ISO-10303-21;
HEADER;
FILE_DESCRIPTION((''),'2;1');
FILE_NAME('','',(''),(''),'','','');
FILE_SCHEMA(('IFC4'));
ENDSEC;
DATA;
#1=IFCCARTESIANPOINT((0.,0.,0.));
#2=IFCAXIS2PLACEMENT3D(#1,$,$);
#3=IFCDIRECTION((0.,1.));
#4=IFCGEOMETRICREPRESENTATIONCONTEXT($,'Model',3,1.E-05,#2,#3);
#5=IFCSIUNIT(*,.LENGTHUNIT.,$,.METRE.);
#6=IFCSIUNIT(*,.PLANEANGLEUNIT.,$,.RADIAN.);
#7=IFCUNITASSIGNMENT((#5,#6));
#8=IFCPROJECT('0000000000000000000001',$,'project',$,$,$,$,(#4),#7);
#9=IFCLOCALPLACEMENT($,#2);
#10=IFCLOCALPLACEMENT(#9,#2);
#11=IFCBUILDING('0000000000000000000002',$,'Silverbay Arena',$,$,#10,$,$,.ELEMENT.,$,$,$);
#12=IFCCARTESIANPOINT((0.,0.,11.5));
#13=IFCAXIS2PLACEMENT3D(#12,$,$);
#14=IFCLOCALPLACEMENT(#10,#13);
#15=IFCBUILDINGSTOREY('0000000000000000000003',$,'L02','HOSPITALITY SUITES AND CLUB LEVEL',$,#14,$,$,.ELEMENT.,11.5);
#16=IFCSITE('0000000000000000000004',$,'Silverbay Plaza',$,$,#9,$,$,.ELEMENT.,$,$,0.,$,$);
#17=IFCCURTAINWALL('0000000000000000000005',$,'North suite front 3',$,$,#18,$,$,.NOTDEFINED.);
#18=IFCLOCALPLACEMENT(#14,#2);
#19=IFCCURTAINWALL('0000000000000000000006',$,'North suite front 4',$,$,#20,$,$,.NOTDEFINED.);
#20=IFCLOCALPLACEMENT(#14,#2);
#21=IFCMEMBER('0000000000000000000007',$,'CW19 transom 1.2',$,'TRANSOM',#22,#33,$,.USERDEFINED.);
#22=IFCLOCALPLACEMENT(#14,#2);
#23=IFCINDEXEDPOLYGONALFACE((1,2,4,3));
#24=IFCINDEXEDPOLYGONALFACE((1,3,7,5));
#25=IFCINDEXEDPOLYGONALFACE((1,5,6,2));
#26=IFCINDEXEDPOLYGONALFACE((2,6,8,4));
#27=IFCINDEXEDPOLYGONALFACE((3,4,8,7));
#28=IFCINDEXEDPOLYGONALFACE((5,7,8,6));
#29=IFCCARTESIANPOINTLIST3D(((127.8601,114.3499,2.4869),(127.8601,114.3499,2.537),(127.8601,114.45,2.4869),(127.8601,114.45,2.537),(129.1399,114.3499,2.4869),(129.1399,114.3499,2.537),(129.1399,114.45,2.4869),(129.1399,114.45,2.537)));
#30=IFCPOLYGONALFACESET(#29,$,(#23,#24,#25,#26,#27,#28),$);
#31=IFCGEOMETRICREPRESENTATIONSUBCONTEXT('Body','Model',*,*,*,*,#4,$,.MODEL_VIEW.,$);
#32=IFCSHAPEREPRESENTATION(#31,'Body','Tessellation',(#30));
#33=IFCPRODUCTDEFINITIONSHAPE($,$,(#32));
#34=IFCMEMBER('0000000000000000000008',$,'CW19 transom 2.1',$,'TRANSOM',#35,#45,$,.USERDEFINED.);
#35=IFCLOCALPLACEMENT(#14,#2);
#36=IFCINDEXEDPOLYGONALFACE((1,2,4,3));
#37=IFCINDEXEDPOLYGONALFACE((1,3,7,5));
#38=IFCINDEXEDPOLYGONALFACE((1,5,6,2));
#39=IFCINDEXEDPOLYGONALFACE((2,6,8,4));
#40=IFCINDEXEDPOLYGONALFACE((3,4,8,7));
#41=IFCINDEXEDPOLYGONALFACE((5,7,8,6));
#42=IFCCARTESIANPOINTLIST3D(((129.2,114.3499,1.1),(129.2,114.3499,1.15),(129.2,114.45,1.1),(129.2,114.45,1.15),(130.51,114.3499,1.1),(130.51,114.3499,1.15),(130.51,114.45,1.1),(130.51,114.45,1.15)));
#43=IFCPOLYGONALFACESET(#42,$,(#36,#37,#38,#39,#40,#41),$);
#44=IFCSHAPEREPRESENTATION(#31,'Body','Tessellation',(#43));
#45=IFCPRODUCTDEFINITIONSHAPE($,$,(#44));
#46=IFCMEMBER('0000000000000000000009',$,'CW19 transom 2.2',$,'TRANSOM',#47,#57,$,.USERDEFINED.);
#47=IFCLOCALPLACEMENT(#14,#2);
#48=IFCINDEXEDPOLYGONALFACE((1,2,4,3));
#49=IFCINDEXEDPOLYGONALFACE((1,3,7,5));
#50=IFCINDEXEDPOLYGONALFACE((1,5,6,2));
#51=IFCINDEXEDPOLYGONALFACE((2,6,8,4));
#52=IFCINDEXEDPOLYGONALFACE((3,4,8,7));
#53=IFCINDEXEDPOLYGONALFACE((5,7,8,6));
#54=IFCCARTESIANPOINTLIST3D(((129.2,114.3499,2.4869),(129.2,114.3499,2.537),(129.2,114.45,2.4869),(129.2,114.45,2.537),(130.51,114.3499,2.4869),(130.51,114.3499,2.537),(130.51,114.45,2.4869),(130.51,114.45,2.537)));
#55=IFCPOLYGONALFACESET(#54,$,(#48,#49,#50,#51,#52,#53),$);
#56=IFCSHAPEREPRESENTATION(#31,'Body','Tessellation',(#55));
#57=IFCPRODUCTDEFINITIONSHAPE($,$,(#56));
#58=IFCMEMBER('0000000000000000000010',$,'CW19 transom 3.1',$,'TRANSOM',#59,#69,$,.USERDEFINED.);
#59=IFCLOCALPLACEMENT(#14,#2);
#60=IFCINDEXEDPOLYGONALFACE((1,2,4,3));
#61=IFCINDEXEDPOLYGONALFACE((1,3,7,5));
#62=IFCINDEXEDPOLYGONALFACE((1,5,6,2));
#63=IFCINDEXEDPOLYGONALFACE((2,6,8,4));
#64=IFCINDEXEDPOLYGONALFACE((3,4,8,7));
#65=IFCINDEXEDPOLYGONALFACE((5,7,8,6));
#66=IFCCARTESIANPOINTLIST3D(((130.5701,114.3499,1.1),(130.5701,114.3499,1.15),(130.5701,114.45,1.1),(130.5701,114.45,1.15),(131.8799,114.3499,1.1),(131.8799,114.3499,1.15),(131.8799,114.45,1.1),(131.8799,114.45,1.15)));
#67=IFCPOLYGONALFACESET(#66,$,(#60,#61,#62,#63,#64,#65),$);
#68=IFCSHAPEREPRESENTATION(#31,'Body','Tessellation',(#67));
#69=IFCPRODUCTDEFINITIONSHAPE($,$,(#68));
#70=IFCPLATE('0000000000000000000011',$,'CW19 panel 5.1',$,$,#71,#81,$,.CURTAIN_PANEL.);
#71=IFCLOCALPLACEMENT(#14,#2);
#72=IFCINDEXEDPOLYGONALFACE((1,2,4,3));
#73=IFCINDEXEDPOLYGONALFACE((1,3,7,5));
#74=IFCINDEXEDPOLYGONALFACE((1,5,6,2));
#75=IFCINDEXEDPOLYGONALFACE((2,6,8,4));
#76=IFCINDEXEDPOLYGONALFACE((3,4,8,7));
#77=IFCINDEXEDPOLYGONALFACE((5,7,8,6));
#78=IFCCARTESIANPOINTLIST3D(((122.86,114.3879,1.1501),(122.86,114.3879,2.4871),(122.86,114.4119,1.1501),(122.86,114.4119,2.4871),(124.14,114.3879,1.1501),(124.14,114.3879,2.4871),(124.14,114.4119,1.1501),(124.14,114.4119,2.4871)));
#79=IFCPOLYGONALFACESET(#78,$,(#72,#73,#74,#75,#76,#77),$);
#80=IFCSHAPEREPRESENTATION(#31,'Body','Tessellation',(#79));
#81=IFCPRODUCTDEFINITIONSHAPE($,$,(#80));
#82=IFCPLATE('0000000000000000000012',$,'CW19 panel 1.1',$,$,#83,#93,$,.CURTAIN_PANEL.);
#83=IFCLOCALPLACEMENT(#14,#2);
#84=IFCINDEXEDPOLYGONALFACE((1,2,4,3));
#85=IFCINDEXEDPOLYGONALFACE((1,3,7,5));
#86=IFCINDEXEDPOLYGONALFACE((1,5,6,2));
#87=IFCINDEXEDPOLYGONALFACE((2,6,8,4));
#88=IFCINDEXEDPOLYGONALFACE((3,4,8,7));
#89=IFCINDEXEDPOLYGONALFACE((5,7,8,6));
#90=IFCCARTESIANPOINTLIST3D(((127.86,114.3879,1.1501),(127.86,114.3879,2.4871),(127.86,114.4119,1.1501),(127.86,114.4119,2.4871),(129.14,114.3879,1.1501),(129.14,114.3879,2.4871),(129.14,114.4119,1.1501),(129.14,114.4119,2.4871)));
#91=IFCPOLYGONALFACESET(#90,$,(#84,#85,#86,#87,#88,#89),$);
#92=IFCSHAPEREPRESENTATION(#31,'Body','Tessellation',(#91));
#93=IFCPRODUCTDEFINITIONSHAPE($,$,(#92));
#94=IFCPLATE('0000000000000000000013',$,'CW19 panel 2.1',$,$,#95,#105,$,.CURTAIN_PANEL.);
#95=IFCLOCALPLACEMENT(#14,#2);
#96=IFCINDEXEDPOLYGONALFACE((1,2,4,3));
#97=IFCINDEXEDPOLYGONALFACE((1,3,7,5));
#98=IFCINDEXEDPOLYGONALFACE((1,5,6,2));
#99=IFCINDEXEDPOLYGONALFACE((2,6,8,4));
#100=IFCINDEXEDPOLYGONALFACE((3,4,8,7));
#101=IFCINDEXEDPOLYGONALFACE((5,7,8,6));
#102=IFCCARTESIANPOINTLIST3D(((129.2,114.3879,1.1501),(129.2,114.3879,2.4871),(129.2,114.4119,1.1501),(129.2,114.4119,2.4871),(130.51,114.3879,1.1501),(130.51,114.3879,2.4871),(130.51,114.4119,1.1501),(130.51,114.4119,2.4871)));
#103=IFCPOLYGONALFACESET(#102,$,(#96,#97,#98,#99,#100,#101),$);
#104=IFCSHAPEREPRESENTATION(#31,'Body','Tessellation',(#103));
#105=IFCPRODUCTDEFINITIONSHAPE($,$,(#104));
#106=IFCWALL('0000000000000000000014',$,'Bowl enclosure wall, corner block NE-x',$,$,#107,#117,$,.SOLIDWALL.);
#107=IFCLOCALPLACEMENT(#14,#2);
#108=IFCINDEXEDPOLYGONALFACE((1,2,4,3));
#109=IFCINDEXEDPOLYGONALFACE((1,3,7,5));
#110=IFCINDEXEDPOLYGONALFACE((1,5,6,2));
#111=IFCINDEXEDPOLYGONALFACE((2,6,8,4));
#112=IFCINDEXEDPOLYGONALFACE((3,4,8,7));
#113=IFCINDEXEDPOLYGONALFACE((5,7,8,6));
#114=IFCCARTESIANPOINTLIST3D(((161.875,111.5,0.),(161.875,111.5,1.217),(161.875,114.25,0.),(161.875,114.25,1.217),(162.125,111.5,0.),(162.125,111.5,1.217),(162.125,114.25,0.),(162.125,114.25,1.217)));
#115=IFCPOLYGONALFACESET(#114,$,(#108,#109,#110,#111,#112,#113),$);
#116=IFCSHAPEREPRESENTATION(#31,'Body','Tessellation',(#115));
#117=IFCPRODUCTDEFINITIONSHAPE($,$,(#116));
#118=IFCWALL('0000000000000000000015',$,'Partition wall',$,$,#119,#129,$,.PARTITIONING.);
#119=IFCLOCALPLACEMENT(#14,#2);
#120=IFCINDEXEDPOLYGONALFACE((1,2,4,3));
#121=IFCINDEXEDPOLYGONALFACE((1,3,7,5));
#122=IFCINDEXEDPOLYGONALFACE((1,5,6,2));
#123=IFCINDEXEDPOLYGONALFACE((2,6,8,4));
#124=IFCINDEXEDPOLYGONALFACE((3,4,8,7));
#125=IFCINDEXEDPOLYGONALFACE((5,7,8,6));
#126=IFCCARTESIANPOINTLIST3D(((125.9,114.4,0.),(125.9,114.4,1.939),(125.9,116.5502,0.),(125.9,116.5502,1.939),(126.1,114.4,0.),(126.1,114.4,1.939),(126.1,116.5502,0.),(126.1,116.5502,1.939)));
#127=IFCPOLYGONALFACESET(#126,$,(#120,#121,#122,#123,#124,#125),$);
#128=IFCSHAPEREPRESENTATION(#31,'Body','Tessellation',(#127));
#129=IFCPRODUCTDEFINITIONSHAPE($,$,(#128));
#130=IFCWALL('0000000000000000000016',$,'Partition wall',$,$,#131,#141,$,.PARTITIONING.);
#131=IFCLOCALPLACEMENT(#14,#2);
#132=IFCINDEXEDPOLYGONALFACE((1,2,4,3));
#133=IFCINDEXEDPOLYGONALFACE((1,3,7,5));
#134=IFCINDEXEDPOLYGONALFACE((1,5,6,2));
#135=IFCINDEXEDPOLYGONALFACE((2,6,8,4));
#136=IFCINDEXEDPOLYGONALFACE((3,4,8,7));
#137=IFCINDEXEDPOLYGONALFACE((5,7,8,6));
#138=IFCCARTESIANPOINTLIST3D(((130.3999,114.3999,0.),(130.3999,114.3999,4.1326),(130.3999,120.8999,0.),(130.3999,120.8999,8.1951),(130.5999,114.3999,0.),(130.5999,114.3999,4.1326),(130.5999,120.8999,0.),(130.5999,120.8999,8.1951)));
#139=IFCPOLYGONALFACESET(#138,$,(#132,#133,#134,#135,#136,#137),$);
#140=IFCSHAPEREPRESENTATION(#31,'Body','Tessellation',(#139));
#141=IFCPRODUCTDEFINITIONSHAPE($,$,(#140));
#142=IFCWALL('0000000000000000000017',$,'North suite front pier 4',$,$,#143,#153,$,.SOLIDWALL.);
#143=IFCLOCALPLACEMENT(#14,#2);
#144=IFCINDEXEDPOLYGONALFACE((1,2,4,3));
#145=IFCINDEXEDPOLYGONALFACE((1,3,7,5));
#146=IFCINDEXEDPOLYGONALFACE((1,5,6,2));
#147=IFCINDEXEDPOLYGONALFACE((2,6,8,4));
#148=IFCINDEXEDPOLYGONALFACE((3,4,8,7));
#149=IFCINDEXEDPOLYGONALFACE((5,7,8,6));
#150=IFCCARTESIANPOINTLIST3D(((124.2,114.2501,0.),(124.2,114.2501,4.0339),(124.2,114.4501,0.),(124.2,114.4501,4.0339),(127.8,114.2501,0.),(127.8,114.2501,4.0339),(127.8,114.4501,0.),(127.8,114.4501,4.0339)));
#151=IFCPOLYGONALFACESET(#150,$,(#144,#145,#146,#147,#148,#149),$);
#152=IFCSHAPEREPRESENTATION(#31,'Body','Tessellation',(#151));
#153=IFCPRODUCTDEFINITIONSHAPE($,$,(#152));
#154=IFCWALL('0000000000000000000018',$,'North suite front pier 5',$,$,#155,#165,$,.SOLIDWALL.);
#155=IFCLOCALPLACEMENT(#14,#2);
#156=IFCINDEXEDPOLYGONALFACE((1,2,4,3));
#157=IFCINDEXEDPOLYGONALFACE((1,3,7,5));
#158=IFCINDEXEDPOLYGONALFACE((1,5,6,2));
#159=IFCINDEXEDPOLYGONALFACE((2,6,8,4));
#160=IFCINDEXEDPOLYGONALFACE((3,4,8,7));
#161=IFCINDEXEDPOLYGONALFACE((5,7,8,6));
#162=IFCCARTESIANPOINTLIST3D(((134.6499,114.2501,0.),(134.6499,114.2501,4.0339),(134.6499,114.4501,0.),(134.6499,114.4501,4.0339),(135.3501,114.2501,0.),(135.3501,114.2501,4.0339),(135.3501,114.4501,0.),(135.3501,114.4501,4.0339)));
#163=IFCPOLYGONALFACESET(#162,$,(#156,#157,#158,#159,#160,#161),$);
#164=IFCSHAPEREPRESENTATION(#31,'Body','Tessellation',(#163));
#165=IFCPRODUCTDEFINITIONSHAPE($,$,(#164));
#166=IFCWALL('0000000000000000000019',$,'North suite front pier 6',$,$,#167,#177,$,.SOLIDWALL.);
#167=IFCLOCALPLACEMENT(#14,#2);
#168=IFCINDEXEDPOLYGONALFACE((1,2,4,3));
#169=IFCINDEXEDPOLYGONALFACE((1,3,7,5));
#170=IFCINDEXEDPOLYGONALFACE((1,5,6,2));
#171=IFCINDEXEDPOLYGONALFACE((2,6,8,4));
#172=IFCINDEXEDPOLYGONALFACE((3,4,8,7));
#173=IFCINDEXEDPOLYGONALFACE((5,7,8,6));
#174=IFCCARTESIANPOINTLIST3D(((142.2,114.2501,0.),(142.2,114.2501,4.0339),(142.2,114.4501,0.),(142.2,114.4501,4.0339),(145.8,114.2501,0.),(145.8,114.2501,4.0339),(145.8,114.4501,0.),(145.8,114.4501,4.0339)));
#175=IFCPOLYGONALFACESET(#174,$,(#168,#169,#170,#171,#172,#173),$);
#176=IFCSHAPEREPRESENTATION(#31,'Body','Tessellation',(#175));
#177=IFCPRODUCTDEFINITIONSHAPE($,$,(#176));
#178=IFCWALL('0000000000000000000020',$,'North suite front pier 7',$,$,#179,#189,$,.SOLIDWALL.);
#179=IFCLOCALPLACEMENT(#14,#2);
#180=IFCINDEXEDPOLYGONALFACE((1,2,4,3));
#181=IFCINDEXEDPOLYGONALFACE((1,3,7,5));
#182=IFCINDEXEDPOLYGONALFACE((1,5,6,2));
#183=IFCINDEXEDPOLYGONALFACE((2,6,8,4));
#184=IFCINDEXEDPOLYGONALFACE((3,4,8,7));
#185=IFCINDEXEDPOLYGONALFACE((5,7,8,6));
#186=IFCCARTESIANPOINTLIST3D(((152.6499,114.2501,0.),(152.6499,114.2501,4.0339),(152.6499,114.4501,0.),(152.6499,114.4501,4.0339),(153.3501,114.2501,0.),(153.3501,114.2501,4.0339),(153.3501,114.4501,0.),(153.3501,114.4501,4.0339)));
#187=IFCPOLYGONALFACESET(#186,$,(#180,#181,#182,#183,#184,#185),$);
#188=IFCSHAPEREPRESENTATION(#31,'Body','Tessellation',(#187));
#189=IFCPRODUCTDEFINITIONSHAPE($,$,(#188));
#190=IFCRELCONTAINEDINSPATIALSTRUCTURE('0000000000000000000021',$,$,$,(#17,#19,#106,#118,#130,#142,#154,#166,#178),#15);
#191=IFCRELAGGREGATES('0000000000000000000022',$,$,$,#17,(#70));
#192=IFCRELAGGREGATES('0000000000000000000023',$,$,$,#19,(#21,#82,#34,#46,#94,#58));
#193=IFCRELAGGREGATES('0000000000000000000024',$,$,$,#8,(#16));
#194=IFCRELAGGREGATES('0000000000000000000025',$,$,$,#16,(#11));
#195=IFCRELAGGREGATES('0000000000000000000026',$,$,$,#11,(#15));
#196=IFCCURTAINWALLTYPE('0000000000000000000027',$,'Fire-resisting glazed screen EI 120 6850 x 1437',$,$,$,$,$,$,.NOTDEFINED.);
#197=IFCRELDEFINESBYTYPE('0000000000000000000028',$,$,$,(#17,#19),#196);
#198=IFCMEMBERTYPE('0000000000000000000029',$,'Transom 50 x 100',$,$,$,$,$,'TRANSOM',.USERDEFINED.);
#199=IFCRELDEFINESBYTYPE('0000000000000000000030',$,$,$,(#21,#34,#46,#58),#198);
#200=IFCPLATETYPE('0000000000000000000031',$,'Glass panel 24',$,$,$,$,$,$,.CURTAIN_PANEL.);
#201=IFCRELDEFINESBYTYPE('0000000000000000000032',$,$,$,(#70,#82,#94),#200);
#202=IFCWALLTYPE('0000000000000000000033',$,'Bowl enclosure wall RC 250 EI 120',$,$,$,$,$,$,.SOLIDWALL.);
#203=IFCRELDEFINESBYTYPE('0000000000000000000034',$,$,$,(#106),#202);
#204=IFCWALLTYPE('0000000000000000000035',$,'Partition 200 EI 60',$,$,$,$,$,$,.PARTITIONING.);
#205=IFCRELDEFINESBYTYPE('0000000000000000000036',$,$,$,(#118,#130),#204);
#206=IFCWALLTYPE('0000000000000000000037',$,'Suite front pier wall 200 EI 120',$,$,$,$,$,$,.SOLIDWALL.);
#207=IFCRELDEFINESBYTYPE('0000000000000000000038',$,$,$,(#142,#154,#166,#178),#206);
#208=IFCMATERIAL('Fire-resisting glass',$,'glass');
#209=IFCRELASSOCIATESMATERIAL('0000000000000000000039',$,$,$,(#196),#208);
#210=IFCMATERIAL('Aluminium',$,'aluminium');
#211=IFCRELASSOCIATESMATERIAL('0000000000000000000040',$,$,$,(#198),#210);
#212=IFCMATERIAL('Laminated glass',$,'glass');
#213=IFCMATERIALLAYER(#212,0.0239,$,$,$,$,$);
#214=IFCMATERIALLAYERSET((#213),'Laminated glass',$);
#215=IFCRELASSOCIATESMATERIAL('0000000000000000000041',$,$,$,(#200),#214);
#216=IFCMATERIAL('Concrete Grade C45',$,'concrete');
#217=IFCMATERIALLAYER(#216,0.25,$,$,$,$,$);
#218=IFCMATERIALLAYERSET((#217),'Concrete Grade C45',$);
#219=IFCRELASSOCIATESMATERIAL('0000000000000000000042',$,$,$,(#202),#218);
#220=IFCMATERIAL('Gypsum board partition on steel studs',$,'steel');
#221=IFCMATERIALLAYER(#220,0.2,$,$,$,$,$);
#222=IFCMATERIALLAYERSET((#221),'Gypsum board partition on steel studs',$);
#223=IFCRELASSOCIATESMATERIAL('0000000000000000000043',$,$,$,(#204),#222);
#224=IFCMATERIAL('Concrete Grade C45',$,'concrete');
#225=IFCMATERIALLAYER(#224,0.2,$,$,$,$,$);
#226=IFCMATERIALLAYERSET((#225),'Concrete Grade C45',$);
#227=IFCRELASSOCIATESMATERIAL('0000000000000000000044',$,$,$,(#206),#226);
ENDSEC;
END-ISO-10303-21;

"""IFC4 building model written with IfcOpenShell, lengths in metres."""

from ifc_helpers import new_model, si_unit, direction, frame, frame_2d, origin, origin_2d, place, context, subcontext, project, spatial, polyline, rectangle, outline, extrude, material, layer, layer_set, material_profile, profile_set, type_object, element, aggregate, save


model = new_model("IFC4")

# Units and contexts
model_context = context("Model", 3, precision=1e-05, world=origin(), true_north=direction((0.0, 1.0)))
body_context = subcontext(model_context, "Body", "Model", "MODEL_VIEW")
ifc_project = project(units=[si_unit("LENGTHUNIT", "METRE"), si_unit("PLANEANGLEUNIT", "RADIAN")], contexts=[model_context])

# Site, building, storey
site_placement = place(None, origin())
site = spatial("IfcSite", under=ifc_project, at=site_placement, Name="Silverbay Plaza", CompositionType="ELEMENT", RefElevation=0.0)
building_placement = place(site_placement, origin())
building = spatial("IfcBuilding", under=site, at=building_placement, Name="Silverbay Arena", CompositionType="ELEMENT")
storey_placement = place(building_placement, frame((0.0, 0.0, 11.5)))
storey = spatial("IfcBuildingStorey", under=building, at=storey_placement, Name="L02", Description="HOSPITALITY SUITES AND CLUB LEVEL", CompositionType="ELEMENT", Elevation=11.5)

# Curtain walls
ifc_material_1 = material(Name="Fire-resisting glass", Category="glass")
curtain_wall_type = type_object("IfcCurtainWallType", Name="Fire-resisting glazed screen EI 120 6850 x 1437", PredefinedType="NOTDEFINED", material=ifc_material_1)
curtain_wall_1_placement = place(storey_placement, origin())
curtain_wall_1 = element("IfcCurtainWall", 1, at=curtain_wall_1_placement, inside=storey, type_object=curtain_wall_type, Name="North suite front 3", PredefinedType="NOTDEFINED")
curtain_wall_2_placement = place(storey_placement, origin())
curtain_wall_2 = element("IfcCurtainWall", 2, at=curtain_wall_2_placement, inside=storey, type_object=curtain_wall_type, Name="North suite front 4", PredefinedType="NOTDEFINED")

# Members
ifc_material_2 = material(Name="Aluminium", Category="aluminium")
ifc_material_profile_1 = material_profile(ifc_material_2, rectangle(XDim=0.1001, YDim=0.05, at=origin_2d()), Name="Transom 50 x 100")
ifc_profile_set_1 = profile_set([ifc_material_profile_1], Name="Aluminium")
member_type_1 = type_object("IfcMemberType", Name="Transom 50 x 100", ElementType="TRANSOM", PredefinedType="USERDEFINED", material=ifc_profile_set_1)
member_1_placement = place(storey_placement, frame((127.8601, 114.3999, 2.512), z_axis=(1.0, 0.0, 0.0), x_axis=(0.0, 1.0, 0.0)))
member_1 = element("IfcMember", 3, at=member_1_placement, type_object=member_type_1, Name="CW19 transom 1.2", ObjectType="TRANSOM", PredefinedType="USERDEFINED", context=body_context, shape_type="SweptSolid", body=[
    extrude(rectangle(XDim=0.1001, YDim=0.05, at=origin_2d()), origin(), (0.0, 0.0, 1.0), 1.2798),
])
member_2_placement = place(storey_placement, frame((129.2, 114.3999, 1.125), z_axis=(1.0, 0.0, 0.0), x_axis=(0.0, 1.0, 0.0)))
member_2 = element("IfcMember", 4, at=member_2_placement, type_object=member_type_1, Name="CW19 transom 2.1", ObjectType="TRANSOM", PredefinedType="USERDEFINED", context=body_context, shape_type="SweptSolid", body=[
    extrude(rectangle(XDim=0.1001, YDim=0.05, at=origin_2d()), origin(), (0.0, 0.0, 1.0), 1.3101),
])
member_3_placement = place(storey_placement, frame((129.2, 114.3999, 2.512), z_axis=(1.0, 0.0, 0.0), x_axis=(0.0, 1.0, 0.0)))
member_3 = element("IfcMember", 5, at=member_3_placement, type_object=member_type_1, Name="CW19 transom 2.2", ObjectType="TRANSOM", PredefinedType="USERDEFINED", context=body_context, shape_type="SweptSolid", body=[
    extrude(rectangle(XDim=0.1001, YDim=0.05, at=origin_2d()), origin(), (0.0, 0.0, 1.0), 1.3101),
])
member_4_placement = place(storey_placement, frame((130.5701, 114.3999, 1.125), z_axis=(1.0, 0.0, 0.0), x_axis=(0.0, 1.0, 0.0)))
member_4 = element("IfcMember", 6, at=member_4_placement, type_object=member_type_1, Name="CW19 transom 3.1", ObjectType="TRANSOM", PredefinedType="USERDEFINED", context=body_context, shape_type="SweptSolid", body=[
    extrude(rectangle(XDim=0.1001, YDim=0.05, at=origin_2d()), origin(), (0.0, 0.0, 1.0), 1.3098),
])

# Plates
ifc_material_3 = material(Name="Laminated glass", Category="glass")
ifc_layer_1 = layer(ifc_material_3, 0.0239)
ifc_layer_set_1 = layer_set([ifc_layer_1], Name="Laminated glass")
plate_type = type_object("IfcPlateType", Name="Glass panel 24", PredefinedType="CURTAIN_PANEL", material=ifc_layer_set_1)
plate_1_placement = place(storey_placement, frame((123.5, 114.3999, 1.1501), z_axis=(0.0, 0.0, 1.0), x_axis=(1.0, 0.0, 0.0)))
plate_1 = element("IfcPlate", 7, at=plate_1_placement, type_object=plate_type, Name="CW19 panel 5.1", PredefinedType="CURTAIN_PANEL", context=body_context, shape_type="SweptSolid", body=[
    extrude(rectangle(XDim=1.28, YDim=0.0239, at=origin_2d()), origin(), (0.0, 0.0, 1.0), 1.3369),
])
aggregate(curtain_wall_1, [plate_1])
plate_2_placement = place(storey_placement, frame((128.5, 114.3999, 1.1501), z_axis=(0.0, 0.0, 1.0), x_axis=(1.0, 0.0, 0.0)))
plate_2 = element("IfcPlate", 8, at=plate_2_placement, type_object=plate_type, Name="CW19 panel 1.1", PredefinedType="CURTAIN_PANEL", context=body_context, shape_type="SweptSolid", body=[
    extrude(rectangle(XDim=1.28, YDim=0.0239, at=origin_2d()), origin(), (0.0, 0.0, 1.0), 1.3369),
])
plate_3_placement = place(storey_placement, frame((129.855, 114.3999, 1.1501), z_axis=(0.0, 0.0, 1.0), x_axis=(1.0, 0.0, 0.0)))
plate_3 = element("IfcPlate", 9, at=plate_3_placement, type_object=plate_type, Name="CW19 panel 2.1", PredefinedType="CURTAIN_PANEL", context=body_context, shape_type="SweptSolid", body=[
    extrude(rectangle(XDim=1.3101, YDim=0.0239, at=origin_2d()), origin(), (0.0, 0.0, 1.0), 1.3369),
])
aggregate(curtain_wall_2, [member_1, plate_2, member_2, member_3, plate_3, member_4])

# Walls
ifc_material_4 = material(Name="Concrete Grade C45", Category="concrete")
ifc_layer_2 = layer(ifc_material_4, 0.25)
ifc_layer_set_2 = layer_set([ifc_layer_2], Name="Concrete Grade C45")
wall_type_1 = type_object("IfcWallType", Name="Bowl enclosure wall RC 250 EI 120", PredefinedType="SOLIDWALL", material=ifc_layer_set_2)
wall_1_placement = place(storey_placement, frame((162.0, 111.5, 0.0), z_axis=(0.0, 0.0, 1.0), x_axis=(0.0, 1.0, 0.0)))
element("IfcWall", 10, at=wall_1_placement, inside=storey, type_object=wall_type_1, Name="Bowl enclosure wall, corner block NE-x", PredefinedType="SOLIDWALL", context=body_context, shape_type="SweptSolid", body=[
    extrude(rectangle(XDim=2.75, YDim=0.25, at=frame_2d((1.375, 0.0))), origin(), (0.0, 0.0, 1.0), 1.217),
])
ifc_material_5 = material(Name="Gypsum board partition on steel studs", Category="steel")
ifc_layer_3 = layer(ifc_material_5, 0.2)
ifc_layer_set_3 = layer_set([ifc_layer_3], Name="Gypsum board partition on steel studs")
wall_type_2 = type_object("IfcWallType", Name="Partition 200 EI 60", PredefinedType="PARTITIONING", material=ifc_layer_set_3)
wall_2_placement = place(storey_placement, frame((126.0, 114.3999, 0.0), z_axis=(0.0, 0.0, 1.0), x_axis=(0.0, 1.0, 0.0)))
element("IfcWall", 11, at=wall_2_placement, inside=storey, type_object=wall_type_2, Name="Partition wall", PredefinedType="PARTITIONING", context=body_context, shape_type="SweptSolid", body=[
    extrude(rectangle(XDim=2.1501, YDim=0.2, at=frame_2d((1.0752, 0.0))), origin(), (0.0, 0.0, 1.0), 1.939),
])
wall_3_placement = place(storey_placement, frame((130.5, 114.3999, 0.0), z_axis=(0.0, 0.0, 1.0), x_axis=(0.0, 1.0, 0.0)))
element("IfcWall", 12, at=wall_3_placement, inside=storey, type_object=wall_type_2, Name="Partition wall", PredefinedType="PARTITIONING", context=body_context, shape_type="SweptSolid", body=[
    extrude(outline(polyline([(0.0, 0.0), (6.5, 0.0), (6.5, 8.1951), (0.0, 4.1326), (0.0, 0.0)])), frame((0.0, 0.1001, 0.0), z_axis=(0.0, -1.0, 0.0), x_axis=(1.0, 0.0, 0.0)), (0.0, 0.0, 1.0), 0.2),
])
ifc_material_6 = material(Name="Concrete Grade C45", Category="concrete")
ifc_layer_4 = layer(ifc_material_6, 0.2)
ifc_layer_set_4 = layer_set([ifc_layer_4], Name="Concrete Grade C45")
wall_type_3 = type_object("IfcWallType", Name="Suite front pier wall 200 EI 120", PredefinedType="SOLIDWALL", material=ifc_layer_set_4)
wall_4_placement = place(storey_placement, frame((124.2, 114.3501, 0.0), z_axis=(0.0, 0.0, 1.0), x_axis=(1.0, 0.0, 0.0)))
element("IfcWall", 13, at=wall_4_placement, inside=storey, type_object=wall_type_3, Name="North suite front pier 4", PredefinedType="SOLIDWALL", context=body_context, shape_type="SweptSolid", body=[
    extrude(rectangle(XDim=3.6001, YDim=0.2, at=frame_2d((1.8, 0.0))), origin(), (0.0, 0.0, 1.0), 4.0339),
])
wall_5_placement = place(storey_placement, frame((134.6499, 114.3501, 0.0), z_axis=(0.0, 0.0, 1.0), x_axis=(1.0, 0.0, 0.0)))
element("IfcWall", 14, at=wall_5_placement, inside=storey, type_object=wall_type_3, Name="North suite front pier 5", PredefinedType="SOLIDWALL", context=body_context, shape_type="SweptSolid", body=[
    extrude(rectangle(XDim=0.7002, YDim=0.2, at=frame_2d((0.3501, 0.0))), origin(), (0.0, 0.0, 1.0), 4.0339),
])
wall_6_placement = place(storey_placement, frame((142.2, 114.3501, 0.0), z_axis=(0.0, 0.0, 1.0), x_axis=(1.0, 0.0, 0.0)))
element("IfcWall", 15, at=wall_6_placement, inside=storey, type_object=wall_type_3, Name="North suite front pier 6", PredefinedType="SOLIDWALL", context=body_context, shape_type="SweptSolid", body=[
    extrude(rectangle(XDim=3.6001, YDim=0.2, at=frame_2d((1.8, 0.0))), origin(), (0.0, 0.0, 1.0), 4.0339),
])
wall_7_placement = place(storey_placement, frame((152.6499, 114.3501, 0.0), z_axis=(0.0, 0.0, 1.0), x_axis=(1.0, 0.0, 0.0)))
element("IfcWall", 16, at=wall_7_placement, inside=storey, type_object=wall_type_3, Name="North suite front pier 7", PredefinedType="SOLIDWALL", context=body_context, shape_type="SweptSolid", body=[
    extrude(rectangle(XDim=0.7002, YDim=0.2, at=frame_2d((0.3501, 0.0))), origin(), (0.0, 0.0, 1.0), 4.0339),
])

save(model, "model.ifc")
